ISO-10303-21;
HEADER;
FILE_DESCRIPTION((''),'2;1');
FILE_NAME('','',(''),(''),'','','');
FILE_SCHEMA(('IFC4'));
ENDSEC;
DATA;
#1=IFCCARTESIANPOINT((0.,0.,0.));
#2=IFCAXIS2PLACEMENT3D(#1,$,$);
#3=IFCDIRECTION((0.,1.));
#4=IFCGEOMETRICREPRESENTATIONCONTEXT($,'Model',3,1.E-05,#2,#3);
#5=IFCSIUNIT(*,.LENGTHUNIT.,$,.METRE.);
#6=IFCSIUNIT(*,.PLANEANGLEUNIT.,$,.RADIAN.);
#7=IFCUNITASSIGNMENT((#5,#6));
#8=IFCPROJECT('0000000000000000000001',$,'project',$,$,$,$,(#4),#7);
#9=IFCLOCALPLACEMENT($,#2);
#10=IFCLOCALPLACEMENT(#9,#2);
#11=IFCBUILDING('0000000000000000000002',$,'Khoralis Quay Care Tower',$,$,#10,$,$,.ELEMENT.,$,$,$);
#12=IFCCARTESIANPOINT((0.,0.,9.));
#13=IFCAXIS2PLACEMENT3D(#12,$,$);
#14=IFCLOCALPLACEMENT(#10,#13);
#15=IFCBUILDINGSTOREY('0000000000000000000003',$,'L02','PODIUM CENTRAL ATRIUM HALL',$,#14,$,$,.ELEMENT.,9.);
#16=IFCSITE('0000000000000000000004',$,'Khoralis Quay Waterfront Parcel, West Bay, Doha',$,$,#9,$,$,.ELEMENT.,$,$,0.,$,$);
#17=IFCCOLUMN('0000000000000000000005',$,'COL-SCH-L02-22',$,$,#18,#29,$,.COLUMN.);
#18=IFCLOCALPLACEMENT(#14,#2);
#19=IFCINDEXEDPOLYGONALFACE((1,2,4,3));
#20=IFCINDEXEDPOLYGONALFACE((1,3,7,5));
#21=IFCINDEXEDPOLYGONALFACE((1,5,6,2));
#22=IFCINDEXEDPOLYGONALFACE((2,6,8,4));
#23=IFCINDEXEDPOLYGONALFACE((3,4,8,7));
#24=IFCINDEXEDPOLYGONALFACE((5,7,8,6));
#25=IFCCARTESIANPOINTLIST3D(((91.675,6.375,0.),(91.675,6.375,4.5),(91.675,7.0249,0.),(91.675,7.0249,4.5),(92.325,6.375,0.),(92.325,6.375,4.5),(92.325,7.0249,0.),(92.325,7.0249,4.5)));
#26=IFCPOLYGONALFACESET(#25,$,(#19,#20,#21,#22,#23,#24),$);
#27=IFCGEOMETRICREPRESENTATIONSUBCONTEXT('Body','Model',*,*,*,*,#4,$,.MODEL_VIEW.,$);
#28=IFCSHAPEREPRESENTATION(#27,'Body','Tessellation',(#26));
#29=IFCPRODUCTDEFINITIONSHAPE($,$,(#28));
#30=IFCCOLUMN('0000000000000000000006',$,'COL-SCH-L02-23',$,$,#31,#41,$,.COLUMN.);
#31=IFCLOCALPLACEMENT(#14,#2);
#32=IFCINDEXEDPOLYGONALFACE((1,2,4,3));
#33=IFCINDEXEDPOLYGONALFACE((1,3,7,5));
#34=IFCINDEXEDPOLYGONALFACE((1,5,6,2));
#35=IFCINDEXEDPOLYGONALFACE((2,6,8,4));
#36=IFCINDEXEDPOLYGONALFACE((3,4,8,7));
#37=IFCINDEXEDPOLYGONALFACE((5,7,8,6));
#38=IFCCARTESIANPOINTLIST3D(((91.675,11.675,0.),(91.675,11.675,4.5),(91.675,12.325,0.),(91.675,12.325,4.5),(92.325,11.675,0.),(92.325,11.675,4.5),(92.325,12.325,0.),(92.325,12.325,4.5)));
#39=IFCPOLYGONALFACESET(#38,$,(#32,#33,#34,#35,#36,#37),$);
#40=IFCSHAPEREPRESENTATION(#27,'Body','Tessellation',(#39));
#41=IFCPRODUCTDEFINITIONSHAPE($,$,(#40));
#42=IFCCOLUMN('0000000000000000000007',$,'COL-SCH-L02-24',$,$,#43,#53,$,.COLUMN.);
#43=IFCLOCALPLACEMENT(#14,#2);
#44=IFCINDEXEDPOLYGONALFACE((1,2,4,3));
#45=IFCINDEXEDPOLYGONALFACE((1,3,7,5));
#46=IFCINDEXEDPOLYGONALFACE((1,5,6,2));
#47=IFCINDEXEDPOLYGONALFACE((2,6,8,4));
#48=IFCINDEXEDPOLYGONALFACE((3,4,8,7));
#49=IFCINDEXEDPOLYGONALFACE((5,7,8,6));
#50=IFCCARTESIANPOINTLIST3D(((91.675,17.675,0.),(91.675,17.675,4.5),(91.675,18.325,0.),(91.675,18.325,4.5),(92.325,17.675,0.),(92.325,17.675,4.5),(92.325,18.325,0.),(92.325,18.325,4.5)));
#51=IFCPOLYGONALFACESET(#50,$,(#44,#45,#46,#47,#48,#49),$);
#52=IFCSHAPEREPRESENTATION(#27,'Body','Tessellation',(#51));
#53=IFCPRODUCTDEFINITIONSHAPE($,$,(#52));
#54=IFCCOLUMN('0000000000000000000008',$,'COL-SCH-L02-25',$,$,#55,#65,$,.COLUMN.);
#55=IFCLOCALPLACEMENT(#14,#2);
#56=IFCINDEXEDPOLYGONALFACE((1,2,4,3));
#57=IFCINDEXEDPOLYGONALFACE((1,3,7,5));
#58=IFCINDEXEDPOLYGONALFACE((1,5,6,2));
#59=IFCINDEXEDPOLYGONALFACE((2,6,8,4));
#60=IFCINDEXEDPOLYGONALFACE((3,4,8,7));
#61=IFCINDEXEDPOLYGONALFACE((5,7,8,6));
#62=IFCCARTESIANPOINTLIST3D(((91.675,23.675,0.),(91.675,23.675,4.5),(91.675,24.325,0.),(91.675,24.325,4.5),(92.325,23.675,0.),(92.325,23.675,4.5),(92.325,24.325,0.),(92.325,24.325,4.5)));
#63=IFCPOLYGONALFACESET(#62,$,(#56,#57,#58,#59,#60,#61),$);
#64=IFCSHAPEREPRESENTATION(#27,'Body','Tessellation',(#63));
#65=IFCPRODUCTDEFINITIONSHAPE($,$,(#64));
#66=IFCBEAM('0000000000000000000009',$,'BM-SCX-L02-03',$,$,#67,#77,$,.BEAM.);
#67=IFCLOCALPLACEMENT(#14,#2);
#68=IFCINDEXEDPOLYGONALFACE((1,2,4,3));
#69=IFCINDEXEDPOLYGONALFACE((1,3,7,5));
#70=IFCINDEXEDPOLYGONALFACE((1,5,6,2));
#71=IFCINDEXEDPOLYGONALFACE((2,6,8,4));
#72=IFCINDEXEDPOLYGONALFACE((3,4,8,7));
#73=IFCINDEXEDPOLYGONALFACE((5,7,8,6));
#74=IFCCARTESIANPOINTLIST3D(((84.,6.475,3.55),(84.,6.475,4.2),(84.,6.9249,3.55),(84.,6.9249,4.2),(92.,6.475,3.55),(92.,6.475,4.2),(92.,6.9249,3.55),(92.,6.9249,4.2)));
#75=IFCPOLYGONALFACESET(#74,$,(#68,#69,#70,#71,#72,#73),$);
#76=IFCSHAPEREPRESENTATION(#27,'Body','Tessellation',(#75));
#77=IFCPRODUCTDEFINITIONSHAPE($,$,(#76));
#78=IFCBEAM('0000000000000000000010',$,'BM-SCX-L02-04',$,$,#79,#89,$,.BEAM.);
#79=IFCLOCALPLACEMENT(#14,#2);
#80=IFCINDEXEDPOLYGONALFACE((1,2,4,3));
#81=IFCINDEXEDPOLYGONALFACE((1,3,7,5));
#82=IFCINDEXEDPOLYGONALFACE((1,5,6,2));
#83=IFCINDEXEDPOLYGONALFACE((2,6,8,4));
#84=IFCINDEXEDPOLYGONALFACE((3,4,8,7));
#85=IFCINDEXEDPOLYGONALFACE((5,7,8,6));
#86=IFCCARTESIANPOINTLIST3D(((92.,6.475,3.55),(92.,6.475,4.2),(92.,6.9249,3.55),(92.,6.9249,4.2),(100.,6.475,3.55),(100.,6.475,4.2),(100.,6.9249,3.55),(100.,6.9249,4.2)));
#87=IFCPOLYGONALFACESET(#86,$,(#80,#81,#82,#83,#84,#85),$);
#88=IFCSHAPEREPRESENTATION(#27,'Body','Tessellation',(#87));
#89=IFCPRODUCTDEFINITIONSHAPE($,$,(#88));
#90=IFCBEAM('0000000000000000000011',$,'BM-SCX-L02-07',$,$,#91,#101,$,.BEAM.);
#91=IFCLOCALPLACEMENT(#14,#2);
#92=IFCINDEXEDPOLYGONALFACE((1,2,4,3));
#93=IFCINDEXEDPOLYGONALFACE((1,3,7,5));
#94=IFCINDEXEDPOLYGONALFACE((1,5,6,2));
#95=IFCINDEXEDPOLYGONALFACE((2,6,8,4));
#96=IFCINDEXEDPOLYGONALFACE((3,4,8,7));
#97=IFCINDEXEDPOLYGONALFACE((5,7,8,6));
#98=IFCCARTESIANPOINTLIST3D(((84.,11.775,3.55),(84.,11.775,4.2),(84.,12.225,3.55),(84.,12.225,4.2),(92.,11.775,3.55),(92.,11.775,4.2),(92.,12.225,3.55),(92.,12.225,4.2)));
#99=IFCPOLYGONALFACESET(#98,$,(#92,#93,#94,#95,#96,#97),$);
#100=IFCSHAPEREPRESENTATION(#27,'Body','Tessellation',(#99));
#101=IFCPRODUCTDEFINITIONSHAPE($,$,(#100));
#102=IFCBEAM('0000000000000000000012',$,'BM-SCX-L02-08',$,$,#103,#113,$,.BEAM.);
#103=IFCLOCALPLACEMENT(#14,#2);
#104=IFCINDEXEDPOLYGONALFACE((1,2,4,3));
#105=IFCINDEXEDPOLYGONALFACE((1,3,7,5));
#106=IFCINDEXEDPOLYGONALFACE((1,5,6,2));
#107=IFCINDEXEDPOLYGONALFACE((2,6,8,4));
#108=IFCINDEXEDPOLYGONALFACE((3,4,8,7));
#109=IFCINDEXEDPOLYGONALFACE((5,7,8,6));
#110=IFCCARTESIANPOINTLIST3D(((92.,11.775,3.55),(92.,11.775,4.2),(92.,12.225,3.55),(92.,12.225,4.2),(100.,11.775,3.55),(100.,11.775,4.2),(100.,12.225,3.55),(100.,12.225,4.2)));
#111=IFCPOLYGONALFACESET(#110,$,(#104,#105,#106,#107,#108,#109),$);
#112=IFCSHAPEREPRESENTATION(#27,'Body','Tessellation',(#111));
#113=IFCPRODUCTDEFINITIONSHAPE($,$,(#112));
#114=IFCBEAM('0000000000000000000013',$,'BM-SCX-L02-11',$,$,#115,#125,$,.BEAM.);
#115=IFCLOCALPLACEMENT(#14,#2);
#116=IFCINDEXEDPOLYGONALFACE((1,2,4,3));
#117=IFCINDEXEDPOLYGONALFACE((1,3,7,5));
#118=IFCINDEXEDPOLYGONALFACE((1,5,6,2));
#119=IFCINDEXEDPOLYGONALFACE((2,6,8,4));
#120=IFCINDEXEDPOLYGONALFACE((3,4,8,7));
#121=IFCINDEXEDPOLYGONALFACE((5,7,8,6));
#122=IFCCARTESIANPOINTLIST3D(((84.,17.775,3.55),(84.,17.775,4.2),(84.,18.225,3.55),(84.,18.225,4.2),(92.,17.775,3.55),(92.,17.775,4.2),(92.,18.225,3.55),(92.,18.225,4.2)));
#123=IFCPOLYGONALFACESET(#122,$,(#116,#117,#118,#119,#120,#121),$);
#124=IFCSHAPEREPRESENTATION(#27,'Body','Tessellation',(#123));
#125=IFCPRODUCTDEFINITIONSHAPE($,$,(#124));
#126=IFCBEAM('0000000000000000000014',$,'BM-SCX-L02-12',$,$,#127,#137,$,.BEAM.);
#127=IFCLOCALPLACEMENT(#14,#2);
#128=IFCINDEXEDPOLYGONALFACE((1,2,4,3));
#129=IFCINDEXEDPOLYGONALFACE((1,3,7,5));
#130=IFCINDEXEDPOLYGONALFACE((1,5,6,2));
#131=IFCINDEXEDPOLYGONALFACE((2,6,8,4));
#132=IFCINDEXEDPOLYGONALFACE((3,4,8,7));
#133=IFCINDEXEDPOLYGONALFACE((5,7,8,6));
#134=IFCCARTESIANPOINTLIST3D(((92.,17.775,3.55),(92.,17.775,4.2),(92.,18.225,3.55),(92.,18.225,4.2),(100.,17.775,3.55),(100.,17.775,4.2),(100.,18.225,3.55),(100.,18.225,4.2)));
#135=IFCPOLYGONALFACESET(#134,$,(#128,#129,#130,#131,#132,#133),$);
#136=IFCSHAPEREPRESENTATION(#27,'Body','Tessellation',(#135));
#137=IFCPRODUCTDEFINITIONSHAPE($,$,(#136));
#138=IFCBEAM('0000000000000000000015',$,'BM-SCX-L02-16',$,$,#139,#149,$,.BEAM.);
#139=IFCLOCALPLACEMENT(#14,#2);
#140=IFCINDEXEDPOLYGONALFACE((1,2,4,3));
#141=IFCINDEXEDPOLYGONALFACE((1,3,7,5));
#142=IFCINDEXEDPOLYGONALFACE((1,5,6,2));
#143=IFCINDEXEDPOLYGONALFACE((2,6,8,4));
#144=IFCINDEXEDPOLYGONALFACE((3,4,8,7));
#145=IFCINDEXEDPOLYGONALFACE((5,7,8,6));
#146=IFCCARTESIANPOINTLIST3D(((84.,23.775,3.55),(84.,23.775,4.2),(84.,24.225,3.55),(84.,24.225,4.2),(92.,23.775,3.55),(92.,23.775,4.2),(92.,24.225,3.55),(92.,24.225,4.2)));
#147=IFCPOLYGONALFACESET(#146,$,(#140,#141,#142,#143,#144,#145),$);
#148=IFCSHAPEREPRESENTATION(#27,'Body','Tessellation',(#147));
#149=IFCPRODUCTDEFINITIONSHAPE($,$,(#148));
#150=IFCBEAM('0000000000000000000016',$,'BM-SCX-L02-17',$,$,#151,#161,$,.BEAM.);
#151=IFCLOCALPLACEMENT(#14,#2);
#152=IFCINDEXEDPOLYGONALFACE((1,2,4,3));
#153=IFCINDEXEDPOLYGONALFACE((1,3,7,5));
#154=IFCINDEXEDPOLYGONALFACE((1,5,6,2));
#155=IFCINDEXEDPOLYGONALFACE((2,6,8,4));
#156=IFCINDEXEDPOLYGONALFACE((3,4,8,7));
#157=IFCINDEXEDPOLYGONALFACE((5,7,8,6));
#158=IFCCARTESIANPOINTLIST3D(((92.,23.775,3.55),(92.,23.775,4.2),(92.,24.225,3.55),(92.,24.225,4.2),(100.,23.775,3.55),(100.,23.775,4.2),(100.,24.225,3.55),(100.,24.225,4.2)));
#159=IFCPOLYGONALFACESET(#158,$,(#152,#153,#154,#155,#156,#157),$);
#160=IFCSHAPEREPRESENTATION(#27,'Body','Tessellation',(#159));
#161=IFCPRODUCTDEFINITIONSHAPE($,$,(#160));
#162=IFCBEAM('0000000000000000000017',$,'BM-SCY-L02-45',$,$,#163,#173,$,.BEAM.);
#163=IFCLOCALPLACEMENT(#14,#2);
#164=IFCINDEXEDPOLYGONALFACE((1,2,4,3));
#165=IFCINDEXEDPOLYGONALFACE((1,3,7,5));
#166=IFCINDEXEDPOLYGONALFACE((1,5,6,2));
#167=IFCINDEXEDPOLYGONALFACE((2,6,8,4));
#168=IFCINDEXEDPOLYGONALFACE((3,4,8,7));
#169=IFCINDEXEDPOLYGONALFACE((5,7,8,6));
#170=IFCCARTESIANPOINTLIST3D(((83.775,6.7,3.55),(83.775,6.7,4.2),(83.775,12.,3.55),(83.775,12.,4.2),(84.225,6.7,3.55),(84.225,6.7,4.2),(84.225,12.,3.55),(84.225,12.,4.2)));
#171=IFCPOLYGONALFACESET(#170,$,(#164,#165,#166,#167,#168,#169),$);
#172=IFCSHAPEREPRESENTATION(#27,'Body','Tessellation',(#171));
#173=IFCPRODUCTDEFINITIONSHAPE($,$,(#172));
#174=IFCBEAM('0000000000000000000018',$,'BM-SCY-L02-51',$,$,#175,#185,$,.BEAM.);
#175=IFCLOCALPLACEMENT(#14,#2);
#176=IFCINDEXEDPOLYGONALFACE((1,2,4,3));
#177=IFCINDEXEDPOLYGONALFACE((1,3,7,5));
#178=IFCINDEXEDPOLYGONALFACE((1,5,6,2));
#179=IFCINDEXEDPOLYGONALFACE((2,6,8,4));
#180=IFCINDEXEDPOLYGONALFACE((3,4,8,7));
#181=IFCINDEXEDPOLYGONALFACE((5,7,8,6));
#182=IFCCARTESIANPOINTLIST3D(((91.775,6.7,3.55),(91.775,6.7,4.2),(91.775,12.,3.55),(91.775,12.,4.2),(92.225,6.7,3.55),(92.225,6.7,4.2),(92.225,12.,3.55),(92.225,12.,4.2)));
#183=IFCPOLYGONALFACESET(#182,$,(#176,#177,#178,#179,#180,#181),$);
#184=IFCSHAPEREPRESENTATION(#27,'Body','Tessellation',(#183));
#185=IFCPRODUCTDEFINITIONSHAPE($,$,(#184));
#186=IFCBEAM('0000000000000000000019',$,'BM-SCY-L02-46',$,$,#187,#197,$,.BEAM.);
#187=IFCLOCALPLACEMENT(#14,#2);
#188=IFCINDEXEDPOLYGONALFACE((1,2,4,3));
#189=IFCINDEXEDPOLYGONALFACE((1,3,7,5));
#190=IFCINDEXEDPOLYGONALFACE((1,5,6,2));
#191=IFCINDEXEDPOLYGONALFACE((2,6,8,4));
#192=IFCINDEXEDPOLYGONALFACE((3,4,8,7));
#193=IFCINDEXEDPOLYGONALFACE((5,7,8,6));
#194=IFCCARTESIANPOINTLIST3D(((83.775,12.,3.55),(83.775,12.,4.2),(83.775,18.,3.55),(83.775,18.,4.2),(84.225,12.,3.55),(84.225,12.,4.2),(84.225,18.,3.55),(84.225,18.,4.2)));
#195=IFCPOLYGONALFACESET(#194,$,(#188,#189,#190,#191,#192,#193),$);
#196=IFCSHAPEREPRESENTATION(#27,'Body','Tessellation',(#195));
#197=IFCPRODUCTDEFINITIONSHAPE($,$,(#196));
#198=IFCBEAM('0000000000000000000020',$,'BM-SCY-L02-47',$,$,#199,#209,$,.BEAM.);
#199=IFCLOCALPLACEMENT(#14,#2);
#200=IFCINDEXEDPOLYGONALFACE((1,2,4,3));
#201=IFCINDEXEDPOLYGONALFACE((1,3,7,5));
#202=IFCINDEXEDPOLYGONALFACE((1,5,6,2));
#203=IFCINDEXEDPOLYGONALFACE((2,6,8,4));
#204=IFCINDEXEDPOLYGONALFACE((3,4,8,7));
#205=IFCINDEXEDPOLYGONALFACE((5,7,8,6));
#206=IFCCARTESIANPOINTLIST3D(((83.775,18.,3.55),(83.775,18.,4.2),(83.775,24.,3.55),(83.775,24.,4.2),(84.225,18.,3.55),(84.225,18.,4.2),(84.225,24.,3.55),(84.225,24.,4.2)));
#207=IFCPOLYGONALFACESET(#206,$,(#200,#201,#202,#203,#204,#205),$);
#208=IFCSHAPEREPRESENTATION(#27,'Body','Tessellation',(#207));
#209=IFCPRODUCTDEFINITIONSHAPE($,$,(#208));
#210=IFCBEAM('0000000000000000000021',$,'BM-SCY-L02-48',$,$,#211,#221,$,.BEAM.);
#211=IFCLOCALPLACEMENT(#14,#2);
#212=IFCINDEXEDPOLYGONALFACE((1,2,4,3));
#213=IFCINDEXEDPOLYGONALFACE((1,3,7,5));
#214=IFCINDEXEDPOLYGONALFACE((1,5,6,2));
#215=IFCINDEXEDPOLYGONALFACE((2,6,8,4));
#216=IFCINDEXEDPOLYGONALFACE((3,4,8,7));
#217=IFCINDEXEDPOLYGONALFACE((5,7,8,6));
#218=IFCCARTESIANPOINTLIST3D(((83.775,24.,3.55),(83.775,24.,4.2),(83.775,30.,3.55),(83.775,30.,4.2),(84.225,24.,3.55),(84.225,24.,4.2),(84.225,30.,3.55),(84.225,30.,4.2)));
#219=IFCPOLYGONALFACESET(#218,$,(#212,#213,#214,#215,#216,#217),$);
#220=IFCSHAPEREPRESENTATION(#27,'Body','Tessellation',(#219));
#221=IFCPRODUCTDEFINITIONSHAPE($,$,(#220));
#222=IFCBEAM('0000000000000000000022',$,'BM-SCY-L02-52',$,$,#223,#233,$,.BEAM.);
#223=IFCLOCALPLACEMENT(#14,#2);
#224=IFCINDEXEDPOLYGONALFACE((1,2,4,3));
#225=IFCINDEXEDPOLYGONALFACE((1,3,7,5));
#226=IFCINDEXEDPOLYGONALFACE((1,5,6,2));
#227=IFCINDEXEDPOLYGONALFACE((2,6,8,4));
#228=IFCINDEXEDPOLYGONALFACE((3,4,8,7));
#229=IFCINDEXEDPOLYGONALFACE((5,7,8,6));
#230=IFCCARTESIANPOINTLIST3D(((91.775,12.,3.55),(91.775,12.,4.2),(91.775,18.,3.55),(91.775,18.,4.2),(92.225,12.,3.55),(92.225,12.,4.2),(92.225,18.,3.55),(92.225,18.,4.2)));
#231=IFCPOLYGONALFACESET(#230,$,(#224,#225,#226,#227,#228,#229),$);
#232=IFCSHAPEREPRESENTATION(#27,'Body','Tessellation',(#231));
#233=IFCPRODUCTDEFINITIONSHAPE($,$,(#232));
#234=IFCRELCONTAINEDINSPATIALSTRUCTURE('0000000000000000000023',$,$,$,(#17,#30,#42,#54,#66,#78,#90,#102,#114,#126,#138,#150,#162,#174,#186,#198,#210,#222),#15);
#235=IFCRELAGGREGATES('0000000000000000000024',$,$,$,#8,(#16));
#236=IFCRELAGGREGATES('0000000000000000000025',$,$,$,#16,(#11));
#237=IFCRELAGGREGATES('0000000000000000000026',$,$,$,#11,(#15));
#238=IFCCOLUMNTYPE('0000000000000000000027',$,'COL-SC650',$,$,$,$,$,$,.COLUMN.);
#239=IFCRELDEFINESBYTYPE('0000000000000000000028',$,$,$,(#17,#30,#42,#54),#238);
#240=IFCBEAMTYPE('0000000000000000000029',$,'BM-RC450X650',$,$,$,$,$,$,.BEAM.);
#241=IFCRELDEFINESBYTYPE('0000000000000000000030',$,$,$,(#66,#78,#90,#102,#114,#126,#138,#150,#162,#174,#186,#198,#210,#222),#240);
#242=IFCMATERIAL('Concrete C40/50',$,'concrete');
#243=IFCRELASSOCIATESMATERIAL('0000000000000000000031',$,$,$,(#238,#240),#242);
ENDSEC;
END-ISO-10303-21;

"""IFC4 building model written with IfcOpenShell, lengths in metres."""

from ifc_helpers import new_model, si_unit, direction, frame, origin, origin_2d, place, context, subcontext, project, spatial, rectangle, extrude, source, transform, mapped, material, material_profile, profile_set, type_object, element, save


model = new_model("IFC4")

# Units and contexts
model_context = context("Model", 3, precision=1e-05, world=origin(), true_north=direction((0.0, 1.0)))
body_context = subcontext(model_context, "Body", "Model", "MODEL_VIEW")
ifc_project = project(units=[si_unit("LENGTHUNIT", "METRE"), si_unit("PLANEANGLEUNIT", "RADIAN")], contexts=[model_context])

# Site, building, storey
site_placement = place(None, origin())
site = spatial("IfcSite", under=ifc_project, at=site_placement, Name="Khoralis Quay Waterfront Parcel, West Bay, Doha", CompositionType="ELEMENT", RefElevation=0.0)
building_placement = place(site_placement, origin())
building = spatial("IfcBuilding", under=site, at=building_placement, Name="Khoralis Quay Care Tower", CompositionType="ELEMENT")
storey_placement = place(building_placement, frame((0.0, 0.0, 9.0)))
storey = spatial("IfcBuildingStorey", under=building, at=storey_placement, Name="L02", Description="PODIUM CENTRAL ATRIUM HALL", CompositionType="ELEMENT", Elevation=9.0)

# Columns
ifc_material_1 = material(Name="Concrete C40/50", Category="concrete")
ifc_material_profile_1 = material_profile(ifc_material_1, rectangle(XDim=0.6499, YDim=0.6499, at=origin_2d()), Name="Concrete C40/50")
ifc_profile_set_1 = profile_set([ifc_material_profile_1], Name="Concrete C40/50")
column_type = type_object("IfcColumnType", Name="COL-SC650", PredefinedType="COLUMN", material=ifc_profile_set_1)
shared_shape_1 = source(origin(), body_context, "Body", "SweptSolid", [
    extrude(rectangle(XDim=0.6499, YDim=0.6499, at=origin_2d()), origin(), (0.0, 0.0, 1.0), 4.5),
])
for number, where, z_axis, x_axis, name in (
    (1, (92.0, 6.7, 0.0), (0.0, 0.0, 1.0), (1.0, 0.0, 0.0), "COL-SCH-L02-22"),
    (2, (92.0, 12.0, 0.0), (0.0, 0.0, 1.0), (1.0, 0.0, 0.0), "COL-SCH-L02-23"),
    (3, (92.0, 18.0, 0.0), (0.0, 0.0, 1.0), (1.0, 0.0, 0.0), "COL-SCH-L02-24"),
    (4, (92.0, 24.0, 0.0), (0.0, 0.0, 1.0), (1.0, 0.0, 0.0), "COL-SCH-L02-25"),
):
    element("IfcColumn", number, at=place(storey_placement, frame(where, z_axis=z_axis, x_axis=x_axis)), inside=storey, type_object=column_type, Name=name, PredefinedType="COLUMN", context=body_context, shape_type="MappedRepresentation", body=[
        mapped(shared_shape_1, transform((0.0, 0.0, 0.0), scale=1.0)),
    ])

# Beams
ifc_material_profile_2 = material_profile(ifc_material_1, rectangle(XDim=0.45, YDim=0.6499, at=origin_2d()), Name="Concrete C40/50")
ifc_profile_set_2 = profile_set([ifc_material_profile_2], Name="Concrete C40/50")
beam_type = type_object("IfcBeamType", Name="BM-RC450X650", PredefinedType="BEAM", material=ifc_profile_set_2)
shared_shape_2 = source(origin(), body_context, "Body", "SweptSolid", [
    extrude(rectangle(XDim=0.45, YDim=0.6499, at=origin_2d()), origin(), (0.0, 0.0, 1.0), 8.0),
])
for number, where, z_axis, x_axis, name in (
    (5, (84.0, 6.7, 3.875), (1.0, 0.0, 0.0), (0.0, 1.0, 0.0), "BM-SCX-L02-03"),
    (6, (92.0, 6.7, 3.875), (1.0, 0.0, 0.0), (0.0, 1.0, 0.0), "BM-SCX-L02-04"),
    (7, (84.0, 12.0, 3.875), (1.0, 0.0, 0.0), (0.0, 1.0, 0.0), "BM-SCX-L02-07"),
    (8, (92.0, 12.0, 3.875), (1.0, 0.0, 0.0), (0.0, 1.0, 0.0), "BM-SCX-L02-08"),
    (9, (84.0, 18.0, 3.875), (1.0, 0.0, 0.0), (0.0, 1.0, 0.0), "BM-SCX-L02-11"),
    (10, (92.0, 18.0, 3.875), (1.0, 0.0, 0.0), (0.0, 1.0, 0.0), "BM-SCX-L02-12"),
    (11, (84.0, 24.0, 3.875), (1.0, 0.0, 0.0), (0.0, 1.0, 0.0), "BM-SCX-L02-16"),
    (12, (92.0, 24.0, 3.875), (1.0, 0.0, 0.0), (0.0, 1.0, 0.0), "BM-SCX-L02-17"),
):
    element("IfcBeam", number, at=place(storey_placement, frame(where, z_axis=z_axis, x_axis=x_axis)), inside=storey, type_object=beam_type, Name=name, PredefinedType="BEAM", context=body_context, shape_type="MappedRepresentation", body=[
        mapped(shared_shape_2, transform((0.0, 0.0, 0.0), scale=1.0)),
    ])
shared_shape_3 = source(origin(), body_context, "Body", "SweptSolid", [
    extrude(rectangle(XDim=0.45, YDim=0.6499, at=origin_2d()), origin(), (0.0, 0.0, 1.0), 5.3),
])
for number, where, z_axis, x_axis, name in (
    (13, (84.0, 6.7, 3.875), (0.0, 1.0, 0.0), (-1.0, 0.0, 0.0), "BM-SCY-L02-45"),
    (14, (92.0, 6.7, 3.875), (0.0, 1.0, 0.0), (-1.0, 0.0, 0.0), "BM-SCY-L02-51"),
):
    element("IfcBeam", number, at=place(storey_placement, frame(where, z_axis=z_axis, x_axis=x_axis)), inside=storey, type_object=beam_type, Name=name, PredefinedType="BEAM", context=body_context, shape_type="MappedRepresentation", body=[
        mapped(shared_shape_3, transform((0.0, 0.0, 0.0), scale=1.0)),
    ])
shared_shape_4 = source(origin(), body_context, "Body", "SweptSolid", [
    extrude(rectangle(XDim=0.45, YDim=0.6499, at=origin_2d()), origin(), (0.0, 0.0, 1.0), 6.0),
])
for number, where, z_axis, x_axis, name in (
    (15, (84.0, 12.0, 3.875), (0.0, 1.0, 0.0), (-1.0, 0.0, 0.0), "BM-SCY-L02-46"),
    (16, (84.0, 18.0, 3.875), (0.0, 1.0, 0.0), (-1.0, 0.0, 0.0), "BM-SCY-L02-47"),
    (17, (84.0, 24.0, 3.875), (0.0, 1.0, 0.0), (-1.0, 0.0, 0.0), "BM-SCY-L02-48"),
    (18, (92.0, 12.0, 3.875), (0.0, 1.0, 0.0), (-1.0, 0.0, 0.0), "BM-SCY-L02-52"),
):
    element("IfcBeam", number, at=place(storey_placement, frame(where, z_axis=z_axis, x_axis=x_axis)), inside=storey, type_object=beam_type, Name=name, PredefinedType="BEAM", context=body_context, shape_type="MappedRepresentation", body=[
        mapped(shared_shape_4, transform((0.0, 0.0, 0.0), scale=1.0)),
    ])

save(model, "model.ifc")
